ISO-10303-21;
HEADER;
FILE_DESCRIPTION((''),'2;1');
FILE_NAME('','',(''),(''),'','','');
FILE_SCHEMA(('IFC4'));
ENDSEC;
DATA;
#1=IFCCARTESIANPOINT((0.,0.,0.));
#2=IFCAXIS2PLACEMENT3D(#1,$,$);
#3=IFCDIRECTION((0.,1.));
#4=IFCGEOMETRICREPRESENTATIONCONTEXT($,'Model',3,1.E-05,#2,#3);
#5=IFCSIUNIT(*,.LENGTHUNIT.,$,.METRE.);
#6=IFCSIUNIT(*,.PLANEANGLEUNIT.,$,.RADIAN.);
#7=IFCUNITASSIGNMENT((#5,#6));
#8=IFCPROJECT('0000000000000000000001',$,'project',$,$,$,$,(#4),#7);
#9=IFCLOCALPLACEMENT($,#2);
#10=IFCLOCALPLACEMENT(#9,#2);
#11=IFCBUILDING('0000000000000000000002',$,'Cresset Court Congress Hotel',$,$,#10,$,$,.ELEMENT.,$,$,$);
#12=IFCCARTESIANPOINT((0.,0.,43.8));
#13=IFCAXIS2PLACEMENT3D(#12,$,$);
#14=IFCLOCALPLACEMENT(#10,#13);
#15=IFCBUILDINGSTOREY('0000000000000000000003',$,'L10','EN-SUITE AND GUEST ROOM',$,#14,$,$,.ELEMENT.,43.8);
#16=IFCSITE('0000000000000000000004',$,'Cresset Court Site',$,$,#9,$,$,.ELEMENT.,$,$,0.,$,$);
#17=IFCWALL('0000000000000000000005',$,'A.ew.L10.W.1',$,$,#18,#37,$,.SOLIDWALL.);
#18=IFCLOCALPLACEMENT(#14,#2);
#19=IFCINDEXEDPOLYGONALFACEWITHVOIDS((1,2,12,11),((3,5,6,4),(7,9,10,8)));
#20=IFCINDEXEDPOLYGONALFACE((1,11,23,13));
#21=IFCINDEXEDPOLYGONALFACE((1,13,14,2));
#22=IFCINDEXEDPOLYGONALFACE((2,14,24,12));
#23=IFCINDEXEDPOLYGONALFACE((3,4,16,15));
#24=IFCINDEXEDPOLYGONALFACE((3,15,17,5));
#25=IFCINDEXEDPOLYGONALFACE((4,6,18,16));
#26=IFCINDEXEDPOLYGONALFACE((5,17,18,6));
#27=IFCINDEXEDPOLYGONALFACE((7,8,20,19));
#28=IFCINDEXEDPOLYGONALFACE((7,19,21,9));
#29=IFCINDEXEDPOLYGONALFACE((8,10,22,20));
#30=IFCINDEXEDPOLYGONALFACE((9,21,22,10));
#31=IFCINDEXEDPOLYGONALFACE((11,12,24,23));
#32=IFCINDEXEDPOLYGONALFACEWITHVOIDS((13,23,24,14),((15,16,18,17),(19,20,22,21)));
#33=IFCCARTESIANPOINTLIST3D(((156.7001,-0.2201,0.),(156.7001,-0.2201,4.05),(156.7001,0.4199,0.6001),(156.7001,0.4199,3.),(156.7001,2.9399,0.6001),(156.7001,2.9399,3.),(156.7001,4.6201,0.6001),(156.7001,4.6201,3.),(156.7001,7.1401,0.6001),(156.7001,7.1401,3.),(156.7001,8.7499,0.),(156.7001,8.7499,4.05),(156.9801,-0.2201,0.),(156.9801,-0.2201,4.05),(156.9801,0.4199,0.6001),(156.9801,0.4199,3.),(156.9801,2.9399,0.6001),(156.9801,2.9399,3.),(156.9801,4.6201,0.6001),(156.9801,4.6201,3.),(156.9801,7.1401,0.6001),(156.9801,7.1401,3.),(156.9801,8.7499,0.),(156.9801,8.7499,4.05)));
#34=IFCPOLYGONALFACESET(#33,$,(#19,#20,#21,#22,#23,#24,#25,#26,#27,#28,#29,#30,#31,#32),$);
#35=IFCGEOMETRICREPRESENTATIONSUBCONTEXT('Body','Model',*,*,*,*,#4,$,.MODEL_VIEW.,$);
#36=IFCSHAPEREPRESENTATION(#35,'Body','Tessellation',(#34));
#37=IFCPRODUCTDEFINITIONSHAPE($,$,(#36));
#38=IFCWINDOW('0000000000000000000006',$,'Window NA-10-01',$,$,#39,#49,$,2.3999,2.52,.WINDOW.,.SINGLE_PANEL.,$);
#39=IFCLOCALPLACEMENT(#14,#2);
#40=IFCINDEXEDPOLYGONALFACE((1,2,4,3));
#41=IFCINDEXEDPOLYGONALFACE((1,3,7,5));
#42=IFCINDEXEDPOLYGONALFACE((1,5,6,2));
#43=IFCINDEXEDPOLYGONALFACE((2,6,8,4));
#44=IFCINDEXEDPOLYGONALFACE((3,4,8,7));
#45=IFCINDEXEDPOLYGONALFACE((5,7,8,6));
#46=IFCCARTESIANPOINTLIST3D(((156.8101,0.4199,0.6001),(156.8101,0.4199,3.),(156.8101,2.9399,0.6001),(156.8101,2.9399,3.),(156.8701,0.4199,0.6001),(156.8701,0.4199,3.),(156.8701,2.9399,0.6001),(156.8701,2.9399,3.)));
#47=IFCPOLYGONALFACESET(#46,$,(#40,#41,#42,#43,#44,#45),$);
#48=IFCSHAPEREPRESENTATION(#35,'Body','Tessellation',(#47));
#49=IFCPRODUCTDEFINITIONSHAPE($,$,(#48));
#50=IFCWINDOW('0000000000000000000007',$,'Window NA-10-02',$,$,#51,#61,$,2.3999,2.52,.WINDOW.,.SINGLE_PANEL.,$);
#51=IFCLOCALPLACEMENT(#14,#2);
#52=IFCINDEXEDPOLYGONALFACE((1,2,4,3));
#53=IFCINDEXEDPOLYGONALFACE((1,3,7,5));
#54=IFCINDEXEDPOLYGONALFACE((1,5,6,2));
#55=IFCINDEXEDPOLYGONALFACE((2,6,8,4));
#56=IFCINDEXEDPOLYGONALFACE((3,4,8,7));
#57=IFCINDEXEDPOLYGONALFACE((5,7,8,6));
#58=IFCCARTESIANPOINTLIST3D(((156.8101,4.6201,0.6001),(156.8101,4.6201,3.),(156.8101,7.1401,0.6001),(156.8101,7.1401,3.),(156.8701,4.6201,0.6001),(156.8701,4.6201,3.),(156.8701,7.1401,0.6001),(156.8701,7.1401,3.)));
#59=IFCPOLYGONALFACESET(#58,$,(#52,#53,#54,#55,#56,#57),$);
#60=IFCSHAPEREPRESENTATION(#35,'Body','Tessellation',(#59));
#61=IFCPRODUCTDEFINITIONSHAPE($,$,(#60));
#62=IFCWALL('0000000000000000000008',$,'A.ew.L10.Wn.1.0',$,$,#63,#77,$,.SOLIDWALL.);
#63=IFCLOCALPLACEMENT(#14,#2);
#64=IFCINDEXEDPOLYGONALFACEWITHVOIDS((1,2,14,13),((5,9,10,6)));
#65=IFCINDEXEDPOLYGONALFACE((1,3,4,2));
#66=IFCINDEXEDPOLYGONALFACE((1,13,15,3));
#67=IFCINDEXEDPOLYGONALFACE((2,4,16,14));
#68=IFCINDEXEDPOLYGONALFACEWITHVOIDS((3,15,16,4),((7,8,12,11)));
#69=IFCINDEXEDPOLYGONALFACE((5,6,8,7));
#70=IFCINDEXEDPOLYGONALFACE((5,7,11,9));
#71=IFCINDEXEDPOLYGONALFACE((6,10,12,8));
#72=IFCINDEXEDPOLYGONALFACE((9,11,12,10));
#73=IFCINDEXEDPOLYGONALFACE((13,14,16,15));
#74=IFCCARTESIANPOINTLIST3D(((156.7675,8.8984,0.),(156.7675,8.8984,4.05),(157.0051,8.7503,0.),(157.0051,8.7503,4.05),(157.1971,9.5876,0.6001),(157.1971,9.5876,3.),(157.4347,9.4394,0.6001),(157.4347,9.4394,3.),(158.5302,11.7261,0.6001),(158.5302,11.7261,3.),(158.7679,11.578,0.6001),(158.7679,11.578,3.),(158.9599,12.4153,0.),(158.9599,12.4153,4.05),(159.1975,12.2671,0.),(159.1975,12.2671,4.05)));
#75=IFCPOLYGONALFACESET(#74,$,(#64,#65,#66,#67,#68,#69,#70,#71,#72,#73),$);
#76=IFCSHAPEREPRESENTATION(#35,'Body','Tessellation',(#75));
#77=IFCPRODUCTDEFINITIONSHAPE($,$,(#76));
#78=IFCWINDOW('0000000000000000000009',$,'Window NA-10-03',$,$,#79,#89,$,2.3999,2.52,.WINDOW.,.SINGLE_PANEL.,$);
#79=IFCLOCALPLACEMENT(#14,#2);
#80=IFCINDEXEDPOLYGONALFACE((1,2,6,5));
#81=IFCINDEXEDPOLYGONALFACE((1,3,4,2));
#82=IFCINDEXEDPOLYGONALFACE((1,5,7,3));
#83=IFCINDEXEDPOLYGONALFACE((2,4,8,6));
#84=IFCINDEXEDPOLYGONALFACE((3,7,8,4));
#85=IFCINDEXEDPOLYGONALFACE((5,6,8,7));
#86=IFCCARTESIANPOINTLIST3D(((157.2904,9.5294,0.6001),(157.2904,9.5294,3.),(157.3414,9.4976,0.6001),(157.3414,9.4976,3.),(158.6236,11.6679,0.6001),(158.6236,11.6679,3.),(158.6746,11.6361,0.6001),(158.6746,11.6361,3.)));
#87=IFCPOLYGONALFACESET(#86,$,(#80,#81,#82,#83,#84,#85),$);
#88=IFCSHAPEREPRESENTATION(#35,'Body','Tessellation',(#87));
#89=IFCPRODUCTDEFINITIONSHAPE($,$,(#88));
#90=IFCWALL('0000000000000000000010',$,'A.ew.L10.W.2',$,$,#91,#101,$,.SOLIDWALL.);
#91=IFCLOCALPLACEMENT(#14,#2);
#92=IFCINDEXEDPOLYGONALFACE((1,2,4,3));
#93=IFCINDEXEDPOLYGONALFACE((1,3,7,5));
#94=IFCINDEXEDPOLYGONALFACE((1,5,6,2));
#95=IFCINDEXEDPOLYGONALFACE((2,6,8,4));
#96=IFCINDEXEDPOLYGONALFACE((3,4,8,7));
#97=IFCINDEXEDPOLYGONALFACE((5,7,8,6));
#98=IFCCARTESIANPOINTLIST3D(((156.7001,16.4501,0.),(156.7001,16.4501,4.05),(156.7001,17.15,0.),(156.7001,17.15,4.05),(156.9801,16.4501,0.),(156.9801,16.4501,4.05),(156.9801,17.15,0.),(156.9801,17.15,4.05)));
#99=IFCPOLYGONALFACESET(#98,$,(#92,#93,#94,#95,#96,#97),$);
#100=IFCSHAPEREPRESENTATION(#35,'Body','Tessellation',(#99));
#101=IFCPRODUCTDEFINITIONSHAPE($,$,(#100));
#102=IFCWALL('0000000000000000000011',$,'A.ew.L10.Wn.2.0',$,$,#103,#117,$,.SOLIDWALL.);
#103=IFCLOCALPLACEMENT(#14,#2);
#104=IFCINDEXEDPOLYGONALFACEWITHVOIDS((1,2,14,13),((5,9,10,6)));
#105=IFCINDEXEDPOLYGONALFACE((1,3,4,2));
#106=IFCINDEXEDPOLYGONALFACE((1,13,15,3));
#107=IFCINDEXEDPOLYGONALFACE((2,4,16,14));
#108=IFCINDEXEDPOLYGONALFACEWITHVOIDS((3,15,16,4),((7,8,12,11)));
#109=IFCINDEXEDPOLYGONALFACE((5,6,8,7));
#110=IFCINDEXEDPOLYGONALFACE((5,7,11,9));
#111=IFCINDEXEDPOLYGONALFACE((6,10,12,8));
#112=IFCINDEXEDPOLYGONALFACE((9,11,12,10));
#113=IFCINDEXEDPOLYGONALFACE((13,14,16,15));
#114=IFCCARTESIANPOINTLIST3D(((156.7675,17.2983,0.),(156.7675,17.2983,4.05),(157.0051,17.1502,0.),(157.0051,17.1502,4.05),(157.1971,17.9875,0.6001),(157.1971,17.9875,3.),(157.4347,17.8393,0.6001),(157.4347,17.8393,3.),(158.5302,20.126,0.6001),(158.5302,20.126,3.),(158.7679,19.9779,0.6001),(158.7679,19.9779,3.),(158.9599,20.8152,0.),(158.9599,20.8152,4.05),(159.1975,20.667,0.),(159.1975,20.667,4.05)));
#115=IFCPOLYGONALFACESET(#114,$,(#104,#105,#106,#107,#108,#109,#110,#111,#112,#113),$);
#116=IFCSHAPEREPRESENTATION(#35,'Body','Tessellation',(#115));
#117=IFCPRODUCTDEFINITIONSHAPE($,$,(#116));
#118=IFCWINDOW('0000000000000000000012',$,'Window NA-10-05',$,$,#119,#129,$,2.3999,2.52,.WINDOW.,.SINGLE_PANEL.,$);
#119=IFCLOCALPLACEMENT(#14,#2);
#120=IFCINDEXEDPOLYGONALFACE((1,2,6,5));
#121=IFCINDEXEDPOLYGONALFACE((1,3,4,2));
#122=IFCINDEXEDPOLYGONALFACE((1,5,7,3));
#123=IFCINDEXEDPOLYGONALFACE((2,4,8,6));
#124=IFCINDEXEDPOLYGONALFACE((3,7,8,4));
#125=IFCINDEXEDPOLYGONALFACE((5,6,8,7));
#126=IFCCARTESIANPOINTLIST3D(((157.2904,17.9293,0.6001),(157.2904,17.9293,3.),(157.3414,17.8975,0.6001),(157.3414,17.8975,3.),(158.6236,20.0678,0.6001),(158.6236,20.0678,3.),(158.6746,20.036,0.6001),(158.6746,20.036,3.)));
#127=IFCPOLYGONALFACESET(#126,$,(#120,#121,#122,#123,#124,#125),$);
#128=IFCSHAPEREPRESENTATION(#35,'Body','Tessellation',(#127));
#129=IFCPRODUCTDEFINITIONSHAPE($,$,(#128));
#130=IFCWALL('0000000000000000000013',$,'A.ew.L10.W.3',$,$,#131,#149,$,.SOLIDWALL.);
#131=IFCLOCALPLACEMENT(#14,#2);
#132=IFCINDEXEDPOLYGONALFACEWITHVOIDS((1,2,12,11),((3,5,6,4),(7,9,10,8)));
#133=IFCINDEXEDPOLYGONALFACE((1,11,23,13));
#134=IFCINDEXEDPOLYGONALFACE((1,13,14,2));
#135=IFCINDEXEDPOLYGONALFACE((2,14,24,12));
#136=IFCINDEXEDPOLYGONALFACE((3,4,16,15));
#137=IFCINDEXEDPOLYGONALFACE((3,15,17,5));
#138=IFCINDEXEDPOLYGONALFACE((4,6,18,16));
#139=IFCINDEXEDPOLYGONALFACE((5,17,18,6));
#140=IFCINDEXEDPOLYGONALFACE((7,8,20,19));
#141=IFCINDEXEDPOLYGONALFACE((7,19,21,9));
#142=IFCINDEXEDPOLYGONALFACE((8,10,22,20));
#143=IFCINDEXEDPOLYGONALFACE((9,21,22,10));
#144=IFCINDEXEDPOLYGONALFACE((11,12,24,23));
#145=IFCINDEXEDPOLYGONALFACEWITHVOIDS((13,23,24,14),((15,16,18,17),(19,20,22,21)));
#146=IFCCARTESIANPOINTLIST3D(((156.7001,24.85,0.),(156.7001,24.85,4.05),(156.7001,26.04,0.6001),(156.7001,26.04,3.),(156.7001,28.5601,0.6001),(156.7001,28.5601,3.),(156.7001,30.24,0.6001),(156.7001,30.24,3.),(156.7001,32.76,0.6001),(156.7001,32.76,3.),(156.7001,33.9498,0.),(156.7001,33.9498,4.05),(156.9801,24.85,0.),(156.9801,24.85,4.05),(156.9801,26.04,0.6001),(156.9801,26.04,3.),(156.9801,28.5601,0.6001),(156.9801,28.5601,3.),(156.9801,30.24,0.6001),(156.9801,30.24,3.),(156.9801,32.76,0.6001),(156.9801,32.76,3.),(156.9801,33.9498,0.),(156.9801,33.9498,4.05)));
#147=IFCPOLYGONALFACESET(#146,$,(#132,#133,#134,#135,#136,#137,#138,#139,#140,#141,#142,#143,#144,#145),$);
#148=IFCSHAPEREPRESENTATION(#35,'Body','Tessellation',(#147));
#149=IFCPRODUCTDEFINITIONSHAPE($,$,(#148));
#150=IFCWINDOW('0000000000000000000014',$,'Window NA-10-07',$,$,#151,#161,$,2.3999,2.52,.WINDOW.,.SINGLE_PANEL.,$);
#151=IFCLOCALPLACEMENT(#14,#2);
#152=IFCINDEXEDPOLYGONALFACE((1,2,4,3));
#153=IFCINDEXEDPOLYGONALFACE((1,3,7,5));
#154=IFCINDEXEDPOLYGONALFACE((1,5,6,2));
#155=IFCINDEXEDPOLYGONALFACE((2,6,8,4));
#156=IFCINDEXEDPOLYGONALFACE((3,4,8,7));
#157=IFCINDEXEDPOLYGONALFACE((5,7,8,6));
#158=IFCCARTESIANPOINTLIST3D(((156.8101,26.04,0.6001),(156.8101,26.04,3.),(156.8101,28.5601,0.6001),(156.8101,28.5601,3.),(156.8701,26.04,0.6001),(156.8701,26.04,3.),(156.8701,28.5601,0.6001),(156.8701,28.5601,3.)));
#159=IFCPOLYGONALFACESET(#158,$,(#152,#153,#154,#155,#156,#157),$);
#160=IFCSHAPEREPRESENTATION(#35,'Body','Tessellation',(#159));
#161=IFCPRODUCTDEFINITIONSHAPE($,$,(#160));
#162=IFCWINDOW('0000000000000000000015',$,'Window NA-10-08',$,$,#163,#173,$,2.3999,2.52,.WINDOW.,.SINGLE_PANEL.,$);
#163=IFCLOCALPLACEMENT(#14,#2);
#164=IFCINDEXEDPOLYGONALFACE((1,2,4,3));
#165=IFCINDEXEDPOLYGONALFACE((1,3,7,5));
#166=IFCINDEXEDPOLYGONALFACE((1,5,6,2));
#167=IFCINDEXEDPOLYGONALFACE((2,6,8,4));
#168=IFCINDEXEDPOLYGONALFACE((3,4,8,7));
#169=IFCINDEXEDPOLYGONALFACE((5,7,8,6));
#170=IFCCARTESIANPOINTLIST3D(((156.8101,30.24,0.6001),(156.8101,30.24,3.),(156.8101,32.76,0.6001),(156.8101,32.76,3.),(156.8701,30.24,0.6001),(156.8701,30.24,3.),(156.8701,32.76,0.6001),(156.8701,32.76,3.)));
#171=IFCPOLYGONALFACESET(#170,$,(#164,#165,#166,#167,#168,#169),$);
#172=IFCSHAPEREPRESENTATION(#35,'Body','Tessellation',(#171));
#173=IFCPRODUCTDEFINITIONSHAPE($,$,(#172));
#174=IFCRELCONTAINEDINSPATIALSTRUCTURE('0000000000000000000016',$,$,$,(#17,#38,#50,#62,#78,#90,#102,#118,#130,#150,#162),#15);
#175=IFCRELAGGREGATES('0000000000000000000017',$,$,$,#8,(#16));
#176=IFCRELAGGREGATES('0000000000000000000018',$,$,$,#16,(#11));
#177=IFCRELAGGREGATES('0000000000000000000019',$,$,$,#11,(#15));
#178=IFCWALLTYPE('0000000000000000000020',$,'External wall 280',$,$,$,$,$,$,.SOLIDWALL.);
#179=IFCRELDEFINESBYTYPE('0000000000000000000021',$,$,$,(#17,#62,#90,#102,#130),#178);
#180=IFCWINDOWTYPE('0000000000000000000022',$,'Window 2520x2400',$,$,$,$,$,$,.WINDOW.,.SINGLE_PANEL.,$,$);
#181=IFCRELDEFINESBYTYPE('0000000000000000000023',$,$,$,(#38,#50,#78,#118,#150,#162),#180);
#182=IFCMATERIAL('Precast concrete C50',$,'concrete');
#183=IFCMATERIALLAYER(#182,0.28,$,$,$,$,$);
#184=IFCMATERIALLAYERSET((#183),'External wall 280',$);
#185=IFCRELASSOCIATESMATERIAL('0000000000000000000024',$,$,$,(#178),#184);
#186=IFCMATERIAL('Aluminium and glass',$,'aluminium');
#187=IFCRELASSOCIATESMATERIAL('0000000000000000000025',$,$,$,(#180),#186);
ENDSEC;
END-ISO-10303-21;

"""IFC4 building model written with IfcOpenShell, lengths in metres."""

from ifc_helpers import new_model, si_unit, direction, frame, frame_2d, origin, place, context, subcontext, project, spatial, rectangle, extrude, material, layer, layer_set, type_object, element, fill, save


model = new_model("IFC4")

# Units and contexts
model_context = context("Model", 3, precision=1e-05, world=origin(), true_north=direction((0.0, 1.0)))
body_context = subcontext(model_context, "Body", "Model", "MODEL_VIEW")
ifc_project = project(units=[si_unit("LENGTHUNIT", "METRE"), si_unit("PLANEANGLEUNIT", "RADIAN")], contexts=[model_context])

# Site, building, storey
site_placement = place(None, origin())
site = spatial("IfcSite", under=ifc_project, at=site_placement, Name="Cresset Court Site", CompositionType="ELEMENT", RefElevation=0.0)
building_placement = place(site_placement, origin())
building = spatial("IfcBuilding", under=site, at=building_placement, Name="Cresset Court Congress Hotel", CompositionType="ELEMENT")
storey_placement = place(building_placement, frame((0.0, 0.0, 43.8)))
storey = spatial("IfcBuildingStorey", under=building, at=storey_placement, Name="L10", Description="EN-SUITE AND GUEST ROOM", CompositionType="ELEMENT", Elevation=43.8)

# Wall, openings, windows
ifc_material_1 = material(Name="Precast concrete C50", Category="concrete")
ifc_layer_1 = layer(ifc_material_1, 0.28)
ifc_layer_set_1 = layer_set([ifc_layer_1], Name="External wall 280")
wall_type_1 = type_object("IfcWallType", Name="External wall 280", PredefinedType="SOLIDWALL", material=ifc_layer_set_1)
wall_1_placement = place(storey_placement, frame((156.8401, -0.22, 0.0), z_axis=(0.0, 0.0, 1.0), x_axis=(0.0, 1.0, 0.0)))
wall_1 = element("IfcWall", 1, at=wall_1_placement, inside=storey, type_object=wall_type_1, Name="A.ew.L10.W.1", PredefinedType="SOLIDWALL", context=body_context, shape_type="SweptSolid", body=[
    extrude(rectangle(XDim=8.97, YDim=0.28, at=frame_2d((4.4849, 0.0))), origin(), (0.0, 0.0, 1.0), 4.05),
])
opening_1_placement = place(wall_1_placement, frame((0.6399, 0.0, 0.6001)))
opening_1 = element("IfcOpeningElement", 2, at=opening_1_placement, cuts=wall_1, PredefinedType="OPENING", context=body_context, shape_type="SweptSolid", body=[
    extrude(rectangle(XDim=2.52, YDim=2.3999, at=frame_2d((1.26, 1.2))), frame((0.0, 0.1499, 0.0), z_axis=(0.0, -1.0, 0.0), x_axis=(1.0, 0.0, 0.0)), (0.0, 0.0, 1.0), 0.3),
])
opening_2_placement = place(wall_1_placement, frame((4.8401, 0.0, 0.6001)))
opening_2 = element("IfcOpeningElement", 3, at=opening_2_placement, cuts=wall_1, PredefinedType="OPENING", context=body_context, shape_type="SweptSolid", body=[
    extrude(rectangle(XDim=2.52, YDim=2.3999, at=frame_2d((1.26, 1.2))), frame((0.0, 0.1499, 0.0), z_axis=(0.0, -1.0, 0.0), x_axis=(1.0, 0.0, 0.0)), (0.0, 0.0, 1.0), 0.3),
])
ifc_material_2 = material(Name="Aluminium and glass", Category="aluminium")
window_type_1 = type_object("IfcWindowType", Name="Window 2520x2400", PartitioningType="SINGLE_PANEL", PredefinedType="WINDOW", material=ifc_material_2)
window_1_placement = place(opening_1_placement, origin())
window_1 = element("IfcWindow", 4, at=window_1_placement, inside=storey, type_object=window_type_1, Name="Window NA-10-01", OverallHeight=2.3999, OverallWidth=2.52, PartitioningType="SINGLE_PANEL", PredefinedType="WINDOW", context=body_context, shape_type="SweptSolid", body=[
    extrude(rectangle(XDim=2.52, YDim=2.3999, at=frame_2d((1.26, 1.2))), frame((0.0, 0.03, 0.0), z_axis=(0.0, -1.0, 0.0), x_axis=(1.0, 0.0, 0.0)), (0.0, 0.0, 1.0), 0.0601),
])
fill(opening_1, window_1)
window_2_placement = place(opening_2_placement, origin())
window_2 = element("IfcWindow", 5, at=window_2_placement, inside=storey, type_object=window_type_1, Name="Window NA-10-02", OverallHeight=2.3999, OverallWidth=2.52, PartitioningType="SINGLE_PANEL", PredefinedType="WINDOW", context=body_context, shape_type="SweptSolid", body=[
    extrude(rectangle(XDim=2.52, YDim=2.3999, at=frame_2d((1.26, 1.2))), frame((0.0, 0.03, 0.0), z_axis=(0.0, -1.0, 0.0), x_axis=(1.0, 0.0, 0.0)), (0.0, 0.0, 1.0), 0.0601),
])
fill(opening_2, window_2)

# Wall, opening, window
wall_2_placement = place(storey_placement, frame((156.8862, 8.8242, 0.0), z_axis=(0.0, 0.0, 1.0), x_axis=(0.529019, 0.84861, 0.0)))
wall_2 = element("IfcWall", 6, at=wall_2_placement, inside=storey, type_object=wall_type_1, Name="A.ew.L10.Wn.1.0", PredefinedType="SOLIDWALL", context=body_context, shape_type="SweptSolid", body=[
    extrude(rectangle(XDim=4.1443, YDim=0.28, at=frame_2d((2.0723, 0.0))), origin(), (0.0, 0.0, 1.0), 4.05),
])
opening_3_placement = place(wall_2_placement, frame((0.8123, 0.0, 0.6001)))
opening_3 = element("IfcOpeningElement", 7, at=opening_3_placement, cuts=wall_2, PredefinedType="OPENING", context=body_context, shape_type="SweptSolid", body=[
    extrude(rectangle(XDim=2.52, YDim=2.3999, at=frame_2d((1.26, 1.2))), frame((0.0, 0.1499, 0.0), z_axis=(0.0, -1.0, 0.0), x_axis=(1.0, 0.0, 0.0)), (0.0, 0.0, 1.0), 0.3),
])
window_3_placement = place(opening_3_placement, origin())
window_3 = element("IfcWindow", 8, at=window_3_placement, inside=storey, type_object=window_type_1, Name="Window NA-10-03", OverallHeight=2.3999, OverallWidth=2.52, PartitioningType="SINGLE_PANEL", PredefinedType="WINDOW", context=body_context, shape_type="SweptSolid", body=[
    extrude(rectangle(XDim=2.52, YDim=2.3999, at=frame_2d((1.26, 1.2))), frame((0.0, 0.03, 0.0), z_axis=(0.0, -1.0, 0.0), x_axis=(1.0, 0.0, 0.0)), (0.0, 0.0, 1.0), 0.0601),
])
fill(opening_3, window_3)

# Wall
wall_3_placement = place(storey_placement, frame((156.8401, 16.45, 0.0), z_axis=(0.0, 0.0, 1.0), x_axis=(0.0, 1.0, 0.0)))
element("IfcWall", 9, at=wall_3_placement, inside=storey, type_object=wall_type_1, Name="A.ew.L10.W.2", PredefinedType="SOLIDWALL", context=body_context, shape_type="SweptSolid", body=[
    extrude(rectangle(XDim=0.7, YDim=0.28, at=frame_2d((0.3501, 0.0))), origin(), (0.0, 0.0, 1.0), 4.05),
])

# Wall, opening, window
wall_4_placement = place(storey_placement, frame((156.8862, 17.2241, 0.0), z_axis=(0.0, 0.0, 1.0), x_axis=(0.529019, 0.84861, 0.0)))
wall_4 = element("IfcWall", 10, at=wall_4_placement, inside=storey, type_object=wall_type_1, Name="A.ew.L10.Wn.2.0", PredefinedType="SOLIDWALL", context=body_context, shape_type="SweptSolid", body=[
    extrude(rectangle(XDim=4.1443, YDim=0.28, at=frame_2d((2.0723, 0.0))), origin(), (0.0, 0.0, 1.0), 4.05),
])
opening_4_placement = place(wall_4_placement, frame((0.8123, 0.0, 0.6001)))
opening_4 = element("IfcOpeningElement", 11, at=opening_4_placement, cuts=wall_4, PredefinedType="OPENING", context=body_context, shape_type="SweptSolid", body=[
    extrude(rectangle(XDim=2.52, YDim=2.3999, at=frame_2d((1.26, 1.2))), frame((0.0, 0.1499, 0.0), z_axis=(0.0, -1.0, 0.0), x_axis=(1.0, 0.0, 0.0)), (0.0, 0.0, 1.0), 0.3),
])
window_4_placement = place(opening_4_placement, origin())
window_4 = element("IfcWindow", 12, at=window_4_placement, inside=storey, type_object=window_type_1, Name="Window NA-10-05", OverallHeight=2.3999, OverallWidth=2.52, PartitioningType="SINGLE_PANEL", PredefinedType="WINDOW", context=body_context, shape_type="SweptSolid", body=[
    extrude(rectangle(XDim=2.52, YDim=2.3999, at=frame_2d((1.26, 1.2))), frame((0.0, 0.03, 0.0), z_axis=(0.0, -1.0, 0.0), x_axis=(1.0, 0.0, 0.0)), (0.0, 0.0, 1.0), 0.0601),
])
fill(opening_4, window_4)

# Wall, openings, windows
wall_5_placement = place(storey_placement, frame((156.8401, 24.8501, 0.0), z_axis=(0.0, 0.0, 1.0), x_axis=(0.0, 1.0, 0.0)))
wall_5 = element("IfcWall", 13, at=wall_5_placement, inside=storey, type_object=wall_type_1, Name="A.ew.L10.W.3", PredefinedType="SOLIDWALL", context=body_context, shape_type="SweptSolid", body=[
    extrude(rectangle(XDim=9.0999, YDim=0.28, at=frame_2d((4.5498, 0.0))), origin(), (0.0, 0.0, 1.0), 4.05),
])
opening_5_placement = place(wall_5_placement, frame((1.1899, 0.0, 0.6001)))
opening_5 = element("IfcOpeningElement", 14, at=opening_5_placement, cuts=wall_5, PredefinedType="OPENING", context=body_context, shape_type="SweptSolid", body=[
    extrude(rectangle(XDim=2.52, YDim=2.3999, at=frame_2d((1.26, 1.2))), frame((0.0, 0.1499, 0.0), z_axis=(0.0, -1.0, 0.0), x_axis=(1.0, 0.0, 0.0)), (0.0, 0.0, 1.0), 0.3),
])
opening_6_placement = place(wall_5_placement, frame((5.3899, 0.0, 0.6001)))
opening_6 = element("IfcOpeningElement", 15, at=opening_6_placement, cuts=wall_5, PredefinedType="OPENING", context=body_context, shape_type="SweptSolid", body=[
    extrude(rectangle(XDim=2.52, YDim=2.3999, at=frame_2d((1.26, 1.2))), frame((0.0, 0.1499, 0.0), z_axis=(0.0, -1.0, 0.0), x_axis=(1.0, 0.0, 0.0)), (0.0, 0.0, 1.0), 0.3),
])
window_5_placement = place(opening_5_placement, origin())
window_5 = element("IfcWindow", 16, at=window_5_placement, inside=storey, type_object=window_type_1, Name="Window NA-10-07", OverallHeight=2.3999, OverallWidth=2.52, PartitioningType="SINGLE_PANEL", PredefinedType="WINDOW", context=body_context, shape_type="SweptSolid", body=[
    extrude(rectangle(XDim=2.52, YDim=2.3999, at=frame_2d((1.26, 1.2))), frame((0.0, 0.03, 0.0), z_axis=(0.0, -1.0, 0.0), x_axis=(1.0, 0.0, 0.0)), (0.0, 0.0, 1.0), 0.0601),
])
fill(opening_5, window_5)
window_6_placement = place(opening_6_placement, origin())
window_6 = element("IfcWindow", 17, at=window_6_placement, inside=storey, type_object=window_type_1, Name="Window NA-10-08", OverallHeight=2.3999, OverallWidth=2.52, PartitioningType="SINGLE_PANEL", PredefinedType="WINDOW", context=body_context, shape_type="SweptSolid", body=[
    extrude(rectangle(XDim=2.52, YDim=2.3999, at=frame_2d((1.26, 1.2))), frame((0.0, 0.03, 0.0), z_axis=(0.0, -1.0, 0.0), x_axis=(1.0, 0.0, 0.0)), (0.0, 0.0, 1.0), 0.0601),
])
fill(opening_6, window_6)

save(model, "model.ifc")
